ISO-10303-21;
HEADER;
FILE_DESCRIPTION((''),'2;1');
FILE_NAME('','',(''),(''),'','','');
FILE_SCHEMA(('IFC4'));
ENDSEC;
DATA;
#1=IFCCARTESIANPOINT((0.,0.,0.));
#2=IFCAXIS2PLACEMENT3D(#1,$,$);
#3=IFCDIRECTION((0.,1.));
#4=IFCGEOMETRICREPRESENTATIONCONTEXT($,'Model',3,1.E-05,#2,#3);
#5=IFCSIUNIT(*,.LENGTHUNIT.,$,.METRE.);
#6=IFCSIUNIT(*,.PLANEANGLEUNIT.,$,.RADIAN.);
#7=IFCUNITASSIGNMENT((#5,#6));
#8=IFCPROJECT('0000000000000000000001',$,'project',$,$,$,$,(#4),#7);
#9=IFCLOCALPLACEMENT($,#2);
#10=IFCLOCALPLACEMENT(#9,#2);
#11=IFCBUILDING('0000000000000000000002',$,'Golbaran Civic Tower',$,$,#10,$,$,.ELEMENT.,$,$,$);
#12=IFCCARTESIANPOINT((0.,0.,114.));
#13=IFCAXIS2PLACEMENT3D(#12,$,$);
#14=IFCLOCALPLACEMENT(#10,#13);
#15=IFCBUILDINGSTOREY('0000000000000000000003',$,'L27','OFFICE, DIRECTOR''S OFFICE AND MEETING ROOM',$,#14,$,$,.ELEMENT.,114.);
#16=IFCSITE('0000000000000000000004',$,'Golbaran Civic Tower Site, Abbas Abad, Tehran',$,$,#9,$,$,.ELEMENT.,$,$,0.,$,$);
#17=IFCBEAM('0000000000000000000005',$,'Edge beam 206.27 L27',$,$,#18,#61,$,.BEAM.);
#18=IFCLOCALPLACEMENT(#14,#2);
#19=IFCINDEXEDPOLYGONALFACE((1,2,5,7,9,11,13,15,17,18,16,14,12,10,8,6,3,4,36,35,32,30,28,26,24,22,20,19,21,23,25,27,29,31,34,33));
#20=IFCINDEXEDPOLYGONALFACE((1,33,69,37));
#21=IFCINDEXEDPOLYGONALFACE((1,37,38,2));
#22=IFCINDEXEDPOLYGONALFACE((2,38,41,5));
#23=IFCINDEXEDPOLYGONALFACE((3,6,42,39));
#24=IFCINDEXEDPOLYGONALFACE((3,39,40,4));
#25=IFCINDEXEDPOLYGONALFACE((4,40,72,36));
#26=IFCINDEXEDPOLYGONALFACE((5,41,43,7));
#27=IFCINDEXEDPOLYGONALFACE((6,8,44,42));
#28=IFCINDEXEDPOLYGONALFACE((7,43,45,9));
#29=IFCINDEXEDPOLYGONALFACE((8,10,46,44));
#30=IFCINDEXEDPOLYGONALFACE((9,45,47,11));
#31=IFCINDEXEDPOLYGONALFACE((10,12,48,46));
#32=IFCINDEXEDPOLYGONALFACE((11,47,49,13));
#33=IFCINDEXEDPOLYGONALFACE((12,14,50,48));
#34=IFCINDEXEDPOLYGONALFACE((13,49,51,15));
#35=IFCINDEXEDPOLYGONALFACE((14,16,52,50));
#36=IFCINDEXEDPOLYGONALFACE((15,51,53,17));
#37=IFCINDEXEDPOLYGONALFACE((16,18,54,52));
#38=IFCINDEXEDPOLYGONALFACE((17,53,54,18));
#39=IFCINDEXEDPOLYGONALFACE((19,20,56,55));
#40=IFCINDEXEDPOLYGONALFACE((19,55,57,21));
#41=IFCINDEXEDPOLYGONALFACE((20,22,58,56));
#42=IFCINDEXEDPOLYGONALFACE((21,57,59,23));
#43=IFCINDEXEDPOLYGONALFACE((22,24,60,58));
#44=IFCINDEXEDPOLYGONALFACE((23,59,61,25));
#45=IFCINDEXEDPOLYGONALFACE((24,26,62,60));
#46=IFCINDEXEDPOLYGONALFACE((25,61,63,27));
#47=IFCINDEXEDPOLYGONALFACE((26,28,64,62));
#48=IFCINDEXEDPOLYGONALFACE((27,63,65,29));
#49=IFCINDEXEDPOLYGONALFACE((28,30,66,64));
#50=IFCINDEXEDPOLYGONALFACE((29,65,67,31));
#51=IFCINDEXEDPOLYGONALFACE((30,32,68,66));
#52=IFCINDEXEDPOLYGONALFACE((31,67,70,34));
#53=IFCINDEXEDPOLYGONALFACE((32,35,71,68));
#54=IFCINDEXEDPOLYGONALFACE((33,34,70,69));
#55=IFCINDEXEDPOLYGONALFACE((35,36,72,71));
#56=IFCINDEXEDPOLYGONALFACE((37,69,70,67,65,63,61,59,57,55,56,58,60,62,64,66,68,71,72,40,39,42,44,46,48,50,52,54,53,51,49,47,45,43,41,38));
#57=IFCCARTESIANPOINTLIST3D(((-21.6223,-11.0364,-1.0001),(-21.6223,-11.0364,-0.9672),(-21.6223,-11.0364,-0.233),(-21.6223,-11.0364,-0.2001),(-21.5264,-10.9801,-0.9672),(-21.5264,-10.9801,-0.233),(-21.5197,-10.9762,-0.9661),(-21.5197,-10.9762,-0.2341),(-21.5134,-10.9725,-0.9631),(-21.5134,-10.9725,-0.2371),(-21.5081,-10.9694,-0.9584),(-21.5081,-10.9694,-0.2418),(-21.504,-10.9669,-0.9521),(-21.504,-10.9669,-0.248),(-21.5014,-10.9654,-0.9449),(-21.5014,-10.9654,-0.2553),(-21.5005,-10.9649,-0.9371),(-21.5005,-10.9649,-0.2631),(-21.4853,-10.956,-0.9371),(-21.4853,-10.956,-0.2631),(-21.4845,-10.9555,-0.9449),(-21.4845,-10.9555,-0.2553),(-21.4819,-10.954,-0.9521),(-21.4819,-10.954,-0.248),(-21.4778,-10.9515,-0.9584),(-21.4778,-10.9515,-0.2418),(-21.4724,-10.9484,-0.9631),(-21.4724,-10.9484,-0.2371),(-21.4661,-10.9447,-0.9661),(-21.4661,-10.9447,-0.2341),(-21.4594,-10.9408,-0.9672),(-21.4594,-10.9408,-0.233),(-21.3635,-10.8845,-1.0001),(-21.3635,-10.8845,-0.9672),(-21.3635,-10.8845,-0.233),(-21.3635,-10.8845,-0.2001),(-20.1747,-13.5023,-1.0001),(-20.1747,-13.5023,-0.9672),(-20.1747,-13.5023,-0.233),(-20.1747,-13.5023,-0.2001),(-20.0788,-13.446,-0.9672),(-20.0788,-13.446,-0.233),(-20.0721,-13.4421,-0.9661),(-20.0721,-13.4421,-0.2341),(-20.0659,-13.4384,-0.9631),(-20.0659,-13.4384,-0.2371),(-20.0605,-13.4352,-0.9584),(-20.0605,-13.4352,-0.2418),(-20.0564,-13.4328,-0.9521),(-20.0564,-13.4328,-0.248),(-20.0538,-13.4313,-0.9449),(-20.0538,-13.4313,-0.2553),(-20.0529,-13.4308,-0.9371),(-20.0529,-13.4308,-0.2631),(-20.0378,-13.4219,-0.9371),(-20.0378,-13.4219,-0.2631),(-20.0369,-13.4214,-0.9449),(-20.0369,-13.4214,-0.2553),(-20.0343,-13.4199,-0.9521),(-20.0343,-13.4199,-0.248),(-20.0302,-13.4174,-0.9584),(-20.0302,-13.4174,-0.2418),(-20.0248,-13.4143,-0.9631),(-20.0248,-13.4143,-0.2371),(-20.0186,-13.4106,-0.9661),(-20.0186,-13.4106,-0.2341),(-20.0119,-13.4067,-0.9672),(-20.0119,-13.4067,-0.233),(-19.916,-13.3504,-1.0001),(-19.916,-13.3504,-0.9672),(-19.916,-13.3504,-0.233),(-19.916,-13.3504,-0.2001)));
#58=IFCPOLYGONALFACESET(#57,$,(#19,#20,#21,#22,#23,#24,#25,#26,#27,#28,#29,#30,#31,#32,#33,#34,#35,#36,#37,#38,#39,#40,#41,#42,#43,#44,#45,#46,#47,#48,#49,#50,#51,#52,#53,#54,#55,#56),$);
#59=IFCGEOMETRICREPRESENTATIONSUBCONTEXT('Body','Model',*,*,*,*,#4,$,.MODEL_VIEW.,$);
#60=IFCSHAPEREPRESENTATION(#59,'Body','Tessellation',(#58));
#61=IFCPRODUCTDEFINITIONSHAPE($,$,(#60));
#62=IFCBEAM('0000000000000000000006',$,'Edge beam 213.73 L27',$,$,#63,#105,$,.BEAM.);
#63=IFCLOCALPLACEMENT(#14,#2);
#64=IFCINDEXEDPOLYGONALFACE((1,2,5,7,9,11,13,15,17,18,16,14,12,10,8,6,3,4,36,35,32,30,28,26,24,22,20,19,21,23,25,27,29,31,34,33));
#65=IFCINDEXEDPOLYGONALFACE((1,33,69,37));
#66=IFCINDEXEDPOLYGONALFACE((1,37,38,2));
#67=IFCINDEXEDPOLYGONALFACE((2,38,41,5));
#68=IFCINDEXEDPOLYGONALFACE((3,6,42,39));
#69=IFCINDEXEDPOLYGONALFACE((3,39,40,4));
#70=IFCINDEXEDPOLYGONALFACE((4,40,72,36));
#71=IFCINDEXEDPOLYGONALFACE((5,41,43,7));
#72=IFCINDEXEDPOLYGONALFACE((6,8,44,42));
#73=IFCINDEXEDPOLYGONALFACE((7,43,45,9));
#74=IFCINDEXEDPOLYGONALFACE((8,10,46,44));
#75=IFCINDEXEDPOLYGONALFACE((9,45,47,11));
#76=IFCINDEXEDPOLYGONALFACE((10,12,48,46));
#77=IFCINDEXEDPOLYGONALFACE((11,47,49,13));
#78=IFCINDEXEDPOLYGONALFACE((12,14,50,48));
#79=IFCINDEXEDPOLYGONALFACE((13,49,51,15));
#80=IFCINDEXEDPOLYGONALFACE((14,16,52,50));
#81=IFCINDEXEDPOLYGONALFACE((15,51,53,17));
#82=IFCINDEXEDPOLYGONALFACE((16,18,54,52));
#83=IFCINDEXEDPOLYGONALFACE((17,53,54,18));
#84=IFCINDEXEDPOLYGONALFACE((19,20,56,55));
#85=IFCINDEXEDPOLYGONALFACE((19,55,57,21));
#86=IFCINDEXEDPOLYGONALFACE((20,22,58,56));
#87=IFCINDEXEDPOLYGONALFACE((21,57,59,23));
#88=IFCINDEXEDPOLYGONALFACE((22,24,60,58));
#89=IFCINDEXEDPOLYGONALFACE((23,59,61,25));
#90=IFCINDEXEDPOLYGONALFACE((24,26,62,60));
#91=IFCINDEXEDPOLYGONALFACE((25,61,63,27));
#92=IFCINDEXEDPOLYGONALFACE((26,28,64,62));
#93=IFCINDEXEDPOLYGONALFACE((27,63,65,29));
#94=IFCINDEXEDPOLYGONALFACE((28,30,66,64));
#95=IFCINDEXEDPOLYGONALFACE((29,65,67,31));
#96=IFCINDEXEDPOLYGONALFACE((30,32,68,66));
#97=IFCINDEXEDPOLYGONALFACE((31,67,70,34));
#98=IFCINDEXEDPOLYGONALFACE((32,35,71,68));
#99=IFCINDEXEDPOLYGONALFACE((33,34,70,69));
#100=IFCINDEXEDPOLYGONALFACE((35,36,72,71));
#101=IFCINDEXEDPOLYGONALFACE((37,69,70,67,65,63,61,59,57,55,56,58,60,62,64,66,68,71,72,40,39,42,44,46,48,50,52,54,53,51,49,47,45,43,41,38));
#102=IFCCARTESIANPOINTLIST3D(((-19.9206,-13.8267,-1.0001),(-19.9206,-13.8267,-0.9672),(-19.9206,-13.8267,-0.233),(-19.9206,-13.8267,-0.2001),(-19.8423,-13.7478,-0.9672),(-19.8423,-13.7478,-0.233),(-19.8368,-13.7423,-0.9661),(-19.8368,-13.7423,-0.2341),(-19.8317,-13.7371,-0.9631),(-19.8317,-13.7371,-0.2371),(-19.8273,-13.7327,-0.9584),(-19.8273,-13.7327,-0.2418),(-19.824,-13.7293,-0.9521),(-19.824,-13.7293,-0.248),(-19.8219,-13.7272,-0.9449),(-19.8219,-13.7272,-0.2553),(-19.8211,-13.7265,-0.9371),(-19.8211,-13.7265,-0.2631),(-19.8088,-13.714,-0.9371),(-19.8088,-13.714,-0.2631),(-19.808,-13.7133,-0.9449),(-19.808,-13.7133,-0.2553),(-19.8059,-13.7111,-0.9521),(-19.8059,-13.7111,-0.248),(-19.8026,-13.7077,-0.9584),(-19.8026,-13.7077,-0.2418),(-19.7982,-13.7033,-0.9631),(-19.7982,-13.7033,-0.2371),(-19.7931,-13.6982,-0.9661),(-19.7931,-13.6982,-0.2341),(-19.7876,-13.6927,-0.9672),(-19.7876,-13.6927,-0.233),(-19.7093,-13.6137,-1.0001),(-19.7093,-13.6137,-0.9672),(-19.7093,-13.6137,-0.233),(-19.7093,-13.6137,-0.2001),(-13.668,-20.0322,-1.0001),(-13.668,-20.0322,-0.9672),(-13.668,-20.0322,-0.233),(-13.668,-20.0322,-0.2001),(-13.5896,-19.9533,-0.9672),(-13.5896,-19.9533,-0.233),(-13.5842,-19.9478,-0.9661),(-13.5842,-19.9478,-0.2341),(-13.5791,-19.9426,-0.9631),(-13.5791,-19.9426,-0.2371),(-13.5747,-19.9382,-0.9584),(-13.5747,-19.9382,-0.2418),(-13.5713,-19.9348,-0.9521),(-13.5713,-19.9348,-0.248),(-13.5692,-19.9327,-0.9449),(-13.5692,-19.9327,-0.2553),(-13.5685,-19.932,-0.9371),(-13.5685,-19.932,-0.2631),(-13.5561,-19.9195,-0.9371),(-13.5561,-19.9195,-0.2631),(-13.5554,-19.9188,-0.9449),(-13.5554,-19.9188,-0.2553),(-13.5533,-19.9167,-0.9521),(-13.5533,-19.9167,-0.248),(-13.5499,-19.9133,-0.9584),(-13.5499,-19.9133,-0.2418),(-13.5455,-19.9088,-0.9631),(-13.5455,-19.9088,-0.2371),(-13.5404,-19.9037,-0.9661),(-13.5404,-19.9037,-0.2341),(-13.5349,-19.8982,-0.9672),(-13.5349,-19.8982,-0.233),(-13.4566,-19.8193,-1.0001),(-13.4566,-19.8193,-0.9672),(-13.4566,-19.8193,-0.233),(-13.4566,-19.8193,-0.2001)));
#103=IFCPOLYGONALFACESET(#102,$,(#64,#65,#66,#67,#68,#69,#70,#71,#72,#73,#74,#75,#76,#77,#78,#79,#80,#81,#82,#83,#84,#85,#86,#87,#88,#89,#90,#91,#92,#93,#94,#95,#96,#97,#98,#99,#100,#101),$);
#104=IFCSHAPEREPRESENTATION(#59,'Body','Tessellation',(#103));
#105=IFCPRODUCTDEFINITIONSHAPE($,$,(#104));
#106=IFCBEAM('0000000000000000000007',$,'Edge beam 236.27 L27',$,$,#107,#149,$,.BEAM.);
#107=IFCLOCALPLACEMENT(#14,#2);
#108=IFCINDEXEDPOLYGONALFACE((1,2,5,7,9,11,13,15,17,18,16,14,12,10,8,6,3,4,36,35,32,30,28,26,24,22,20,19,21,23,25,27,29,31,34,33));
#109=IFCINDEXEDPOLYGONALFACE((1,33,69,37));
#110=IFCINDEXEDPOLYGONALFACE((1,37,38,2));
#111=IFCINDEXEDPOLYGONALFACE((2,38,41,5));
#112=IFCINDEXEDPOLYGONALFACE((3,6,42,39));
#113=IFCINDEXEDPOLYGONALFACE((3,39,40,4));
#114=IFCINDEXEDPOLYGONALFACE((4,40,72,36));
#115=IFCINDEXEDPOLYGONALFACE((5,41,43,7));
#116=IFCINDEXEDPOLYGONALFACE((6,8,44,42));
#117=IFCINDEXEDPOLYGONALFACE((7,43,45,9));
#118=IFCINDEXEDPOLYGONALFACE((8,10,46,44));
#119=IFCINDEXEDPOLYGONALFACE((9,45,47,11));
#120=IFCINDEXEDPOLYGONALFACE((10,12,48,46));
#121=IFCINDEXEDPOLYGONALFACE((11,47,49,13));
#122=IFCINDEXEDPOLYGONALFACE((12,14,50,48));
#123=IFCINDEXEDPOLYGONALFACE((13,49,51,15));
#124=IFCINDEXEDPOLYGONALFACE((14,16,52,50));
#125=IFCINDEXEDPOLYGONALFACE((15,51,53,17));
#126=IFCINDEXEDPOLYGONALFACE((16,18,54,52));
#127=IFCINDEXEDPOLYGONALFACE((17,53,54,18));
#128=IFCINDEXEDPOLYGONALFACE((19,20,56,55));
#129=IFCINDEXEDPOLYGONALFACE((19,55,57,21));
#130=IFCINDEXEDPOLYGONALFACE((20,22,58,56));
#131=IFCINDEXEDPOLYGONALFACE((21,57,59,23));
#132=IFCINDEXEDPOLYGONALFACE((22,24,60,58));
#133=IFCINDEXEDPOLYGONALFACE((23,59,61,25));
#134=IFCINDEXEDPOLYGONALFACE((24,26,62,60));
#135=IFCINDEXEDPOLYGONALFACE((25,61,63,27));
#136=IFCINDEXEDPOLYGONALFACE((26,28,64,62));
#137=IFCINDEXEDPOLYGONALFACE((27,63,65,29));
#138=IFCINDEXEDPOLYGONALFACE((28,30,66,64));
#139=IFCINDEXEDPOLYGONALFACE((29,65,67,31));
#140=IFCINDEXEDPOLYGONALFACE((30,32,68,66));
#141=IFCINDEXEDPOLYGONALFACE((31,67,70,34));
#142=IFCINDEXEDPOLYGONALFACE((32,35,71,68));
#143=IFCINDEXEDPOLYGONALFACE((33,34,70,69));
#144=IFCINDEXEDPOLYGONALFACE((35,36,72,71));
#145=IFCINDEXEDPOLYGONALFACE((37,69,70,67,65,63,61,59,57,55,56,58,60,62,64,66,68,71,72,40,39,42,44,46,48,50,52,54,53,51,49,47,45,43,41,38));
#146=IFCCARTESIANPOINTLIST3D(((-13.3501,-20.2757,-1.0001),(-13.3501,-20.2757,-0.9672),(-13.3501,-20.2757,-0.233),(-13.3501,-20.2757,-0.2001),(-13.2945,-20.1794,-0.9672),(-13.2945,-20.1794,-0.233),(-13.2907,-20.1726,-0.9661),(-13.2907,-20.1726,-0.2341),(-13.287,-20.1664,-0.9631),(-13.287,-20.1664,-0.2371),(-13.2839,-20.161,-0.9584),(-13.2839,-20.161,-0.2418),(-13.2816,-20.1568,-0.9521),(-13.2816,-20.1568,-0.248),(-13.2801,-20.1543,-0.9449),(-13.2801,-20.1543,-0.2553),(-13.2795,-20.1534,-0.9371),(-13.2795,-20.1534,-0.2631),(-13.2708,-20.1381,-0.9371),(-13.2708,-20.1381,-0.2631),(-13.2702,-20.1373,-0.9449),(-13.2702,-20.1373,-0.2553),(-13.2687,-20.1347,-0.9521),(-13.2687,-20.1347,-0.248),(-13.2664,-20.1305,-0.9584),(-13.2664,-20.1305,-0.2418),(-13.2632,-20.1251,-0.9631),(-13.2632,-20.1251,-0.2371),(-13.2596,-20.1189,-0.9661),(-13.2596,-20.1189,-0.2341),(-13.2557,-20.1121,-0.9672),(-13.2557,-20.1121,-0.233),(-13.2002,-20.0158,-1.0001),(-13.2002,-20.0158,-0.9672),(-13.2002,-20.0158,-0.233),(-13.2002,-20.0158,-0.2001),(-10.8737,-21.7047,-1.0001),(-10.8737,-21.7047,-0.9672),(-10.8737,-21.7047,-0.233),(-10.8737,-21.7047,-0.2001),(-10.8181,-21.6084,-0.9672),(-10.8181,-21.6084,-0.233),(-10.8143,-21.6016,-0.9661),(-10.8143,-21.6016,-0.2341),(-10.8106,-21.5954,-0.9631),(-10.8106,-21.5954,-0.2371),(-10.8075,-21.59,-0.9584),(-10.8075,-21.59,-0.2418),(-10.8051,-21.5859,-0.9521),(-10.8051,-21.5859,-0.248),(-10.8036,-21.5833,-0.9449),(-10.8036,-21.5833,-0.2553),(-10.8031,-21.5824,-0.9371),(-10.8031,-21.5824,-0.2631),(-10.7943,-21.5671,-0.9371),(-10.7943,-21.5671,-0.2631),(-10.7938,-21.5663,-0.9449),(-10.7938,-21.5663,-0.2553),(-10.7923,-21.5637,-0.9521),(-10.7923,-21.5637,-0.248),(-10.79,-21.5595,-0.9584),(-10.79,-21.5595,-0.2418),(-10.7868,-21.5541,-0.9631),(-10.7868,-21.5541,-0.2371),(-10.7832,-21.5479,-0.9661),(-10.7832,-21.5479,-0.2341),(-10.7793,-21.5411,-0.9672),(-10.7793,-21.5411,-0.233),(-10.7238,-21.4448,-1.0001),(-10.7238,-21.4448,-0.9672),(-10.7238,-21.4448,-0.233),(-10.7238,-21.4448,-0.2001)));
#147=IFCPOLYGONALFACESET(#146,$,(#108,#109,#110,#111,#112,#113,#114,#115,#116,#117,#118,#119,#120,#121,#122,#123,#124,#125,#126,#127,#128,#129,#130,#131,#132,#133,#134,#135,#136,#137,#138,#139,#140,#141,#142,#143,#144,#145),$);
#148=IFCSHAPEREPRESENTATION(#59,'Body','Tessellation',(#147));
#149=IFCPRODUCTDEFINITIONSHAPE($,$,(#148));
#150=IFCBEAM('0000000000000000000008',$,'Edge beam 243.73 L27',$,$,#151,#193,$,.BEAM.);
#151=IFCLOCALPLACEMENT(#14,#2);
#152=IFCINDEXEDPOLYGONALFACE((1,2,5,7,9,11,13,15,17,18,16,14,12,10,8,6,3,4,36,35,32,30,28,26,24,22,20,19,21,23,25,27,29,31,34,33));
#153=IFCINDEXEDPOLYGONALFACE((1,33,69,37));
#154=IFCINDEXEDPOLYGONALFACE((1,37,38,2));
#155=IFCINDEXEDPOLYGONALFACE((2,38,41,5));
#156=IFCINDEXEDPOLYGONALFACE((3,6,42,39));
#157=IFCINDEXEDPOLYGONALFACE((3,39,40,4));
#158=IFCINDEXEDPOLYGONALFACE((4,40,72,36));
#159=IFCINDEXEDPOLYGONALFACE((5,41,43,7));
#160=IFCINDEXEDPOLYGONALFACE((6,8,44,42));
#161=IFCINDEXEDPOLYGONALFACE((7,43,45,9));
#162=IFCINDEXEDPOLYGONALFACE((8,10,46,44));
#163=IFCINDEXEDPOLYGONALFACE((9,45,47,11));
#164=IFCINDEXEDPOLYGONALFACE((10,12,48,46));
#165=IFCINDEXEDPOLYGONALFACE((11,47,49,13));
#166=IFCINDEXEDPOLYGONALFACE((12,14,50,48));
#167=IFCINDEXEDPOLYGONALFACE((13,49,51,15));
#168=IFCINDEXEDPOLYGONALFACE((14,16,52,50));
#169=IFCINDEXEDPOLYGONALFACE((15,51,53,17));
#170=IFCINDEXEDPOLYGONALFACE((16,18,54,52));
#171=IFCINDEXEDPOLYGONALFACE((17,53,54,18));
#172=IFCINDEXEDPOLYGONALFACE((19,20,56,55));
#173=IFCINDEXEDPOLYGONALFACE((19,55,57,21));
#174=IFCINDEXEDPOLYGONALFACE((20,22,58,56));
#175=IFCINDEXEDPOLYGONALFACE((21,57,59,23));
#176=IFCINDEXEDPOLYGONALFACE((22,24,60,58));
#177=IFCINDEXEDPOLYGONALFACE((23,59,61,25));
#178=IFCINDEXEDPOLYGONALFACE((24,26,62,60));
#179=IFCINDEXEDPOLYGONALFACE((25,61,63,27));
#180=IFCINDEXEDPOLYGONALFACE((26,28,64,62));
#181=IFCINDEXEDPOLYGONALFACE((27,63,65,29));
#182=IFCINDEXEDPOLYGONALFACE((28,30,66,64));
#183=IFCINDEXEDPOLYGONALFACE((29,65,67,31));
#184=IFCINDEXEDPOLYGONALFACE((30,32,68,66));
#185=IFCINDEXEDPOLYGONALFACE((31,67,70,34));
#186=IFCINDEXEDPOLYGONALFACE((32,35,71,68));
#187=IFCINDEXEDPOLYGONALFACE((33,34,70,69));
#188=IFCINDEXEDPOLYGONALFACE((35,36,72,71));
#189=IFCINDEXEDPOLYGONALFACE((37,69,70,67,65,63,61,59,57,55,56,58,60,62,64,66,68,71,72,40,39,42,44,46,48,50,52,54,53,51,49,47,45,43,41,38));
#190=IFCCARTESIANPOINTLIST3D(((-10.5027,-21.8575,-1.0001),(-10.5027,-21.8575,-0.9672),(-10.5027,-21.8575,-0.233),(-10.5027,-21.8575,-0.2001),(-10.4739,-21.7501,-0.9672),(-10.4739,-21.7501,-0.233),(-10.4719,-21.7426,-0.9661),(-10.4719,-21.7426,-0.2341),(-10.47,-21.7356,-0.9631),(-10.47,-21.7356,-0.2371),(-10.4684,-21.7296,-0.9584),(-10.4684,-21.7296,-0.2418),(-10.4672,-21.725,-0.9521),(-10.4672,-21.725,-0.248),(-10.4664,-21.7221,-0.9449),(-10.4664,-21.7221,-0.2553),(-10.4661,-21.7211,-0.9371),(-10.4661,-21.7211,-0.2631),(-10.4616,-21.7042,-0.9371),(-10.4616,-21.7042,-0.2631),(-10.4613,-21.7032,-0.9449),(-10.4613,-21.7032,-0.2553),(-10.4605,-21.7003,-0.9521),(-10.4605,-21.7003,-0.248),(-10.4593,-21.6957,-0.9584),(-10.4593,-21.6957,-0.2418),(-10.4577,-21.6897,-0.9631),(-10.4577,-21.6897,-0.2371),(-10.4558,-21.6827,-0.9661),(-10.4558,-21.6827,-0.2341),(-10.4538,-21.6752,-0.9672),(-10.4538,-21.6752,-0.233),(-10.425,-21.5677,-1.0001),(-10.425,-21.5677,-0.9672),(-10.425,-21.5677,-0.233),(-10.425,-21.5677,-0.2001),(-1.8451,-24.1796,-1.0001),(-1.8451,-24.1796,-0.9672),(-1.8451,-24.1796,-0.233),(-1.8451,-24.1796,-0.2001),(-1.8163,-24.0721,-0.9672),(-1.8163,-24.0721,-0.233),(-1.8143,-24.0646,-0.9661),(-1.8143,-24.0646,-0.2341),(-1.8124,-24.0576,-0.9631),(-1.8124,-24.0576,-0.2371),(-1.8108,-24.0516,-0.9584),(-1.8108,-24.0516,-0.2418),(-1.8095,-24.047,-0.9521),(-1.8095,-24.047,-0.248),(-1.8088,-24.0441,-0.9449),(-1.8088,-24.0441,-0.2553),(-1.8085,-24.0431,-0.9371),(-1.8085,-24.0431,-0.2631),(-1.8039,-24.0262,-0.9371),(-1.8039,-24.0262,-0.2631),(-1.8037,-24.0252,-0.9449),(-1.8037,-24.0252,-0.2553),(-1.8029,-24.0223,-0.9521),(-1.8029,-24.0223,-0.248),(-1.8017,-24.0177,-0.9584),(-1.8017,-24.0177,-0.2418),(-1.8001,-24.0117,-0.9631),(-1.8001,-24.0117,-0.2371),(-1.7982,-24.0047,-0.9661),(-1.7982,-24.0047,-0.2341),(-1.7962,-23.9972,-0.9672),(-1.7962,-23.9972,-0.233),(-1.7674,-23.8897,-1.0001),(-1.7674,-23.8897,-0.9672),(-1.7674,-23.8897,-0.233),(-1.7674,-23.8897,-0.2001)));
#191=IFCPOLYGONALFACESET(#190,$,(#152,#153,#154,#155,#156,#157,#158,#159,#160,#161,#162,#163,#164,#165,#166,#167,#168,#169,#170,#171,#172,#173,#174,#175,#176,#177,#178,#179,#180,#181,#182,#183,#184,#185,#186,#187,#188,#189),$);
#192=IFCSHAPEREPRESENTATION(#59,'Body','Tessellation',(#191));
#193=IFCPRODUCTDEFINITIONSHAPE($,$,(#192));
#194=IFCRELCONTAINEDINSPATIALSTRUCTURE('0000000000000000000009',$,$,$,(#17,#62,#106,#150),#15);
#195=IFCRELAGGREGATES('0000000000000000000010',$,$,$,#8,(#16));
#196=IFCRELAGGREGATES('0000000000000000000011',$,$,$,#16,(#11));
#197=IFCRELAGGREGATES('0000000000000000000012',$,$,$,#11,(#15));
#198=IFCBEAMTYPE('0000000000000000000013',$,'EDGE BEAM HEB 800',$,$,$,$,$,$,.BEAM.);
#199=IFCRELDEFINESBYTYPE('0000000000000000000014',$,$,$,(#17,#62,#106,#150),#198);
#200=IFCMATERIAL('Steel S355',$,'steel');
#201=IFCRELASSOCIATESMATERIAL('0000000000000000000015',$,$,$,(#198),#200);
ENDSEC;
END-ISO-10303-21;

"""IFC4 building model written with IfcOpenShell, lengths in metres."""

from ifc_helpers import new_model, si_unit, direction, frame, origin, origin_2d, place, context, subcontext, project, spatial, i_section, extrude, material, material_profile, profile_set, type_object, element, save


model = new_model("IFC4")

# Units and contexts
model_context = context("Model", 3, precision=1e-05, world=origin(), true_north=direction((0.0, 1.0)))
body_context = subcontext(model_context, "Body", "Model", "MODEL_VIEW")
ifc_project = project(units=[si_unit("LENGTHUNIT", "METRE"), si_unit("PLANEANGLEUNIT", "RADIAN")], contexts=[model_context])

# Site, building, storey
site_placement = place(None, origin())
site = spatial("IfcSite", under=ifc_project, at=site_placement, Name="Golbaran Civic Tower Site, Abbas Abad, Tehran", CompositionType="ELEMENT", RefElevation=0.0)
building_placement = place(site_placement, origin())
building = spatial("IfcBuilding", under=site, at=building_placement, Name="Golbaran Civic Tower", CompositionType="ELEMENT")
storey_placement = place(building_placement, frame((0.0, 0.0, 114.0)))
storey = spatial("IfcBuildingStorey", under=building, at=storey_placement, Name="L27", Description="OFFICE, DIRECTOR'S OFFICE AND MEETING ROOM", CompositionType="ELEMENT", Elevation=114.0)

# Beams
ifc_material_1 = material(Name="Steel S355", Category="steel")
ifc_material_profile_1 = material_profile(ifc_material_1, i_section(OverallWidth=0.3, OverallDepth=0.8, WebThickness=0.0176, FlangeThickness=0.033, FilletRadius=0.03, at=origin_2d()), Name="HEB 800")
ifc_profile_set_1 = profile_set([ifc_material_profile_1], Name="Steel S355")
beam_type_1 = type_object("IfcBeamType", Name="EDGE BEAM HEB 800", PredefinedType="BEAM", material=ifc_profile_set_1)
beam_1_placement = place(storey_placement, frame((-21.4929, -10.9604, -0.6001), z_axis=(0.506248, -0.862388, 0.0), x_axis=(0.862388, 0.506248, 0.0)))
element("IfcBeam", 1, at=beam_1_placement, inside=storey, type_object=beam_type_1, Name="Edge beam 206.27 L27", PredefinedType="BEAM", context=body_context, shape_type="SweptSolid", body=[
    extrude(i_section(OverallWidth=0.3, OverallDepth=0.8, WebThickness=0.0176, FlangeThickness=0.033, FilletRadius=0.03, at=origin_2d()), origin(), (0.0, 0.0, 1.0), 2.8594),
])
beam_2_placement = place(storey_placement, frame((-19.8149, -13.7202, -0.6001), z_axis=(0.709776, -0.704427, 0.0), x_axis=(0.704427, 0.709776, 0.0)))
element("IfcBeam", 2, at=beam_2_placement, inside=storey, type_object=beam_type_1, Name="Edge beam 213.73 L27", PredefinedType="BEAM", context=body_context, shape_type="SweptSolid", body=[
    extrude(i_section(OverallWidth=0.3, OverallDepth=0.8, WebThickness=0.0176, FlangeThickness=0.033, FilletRadius=0.03, at=origin_2d()), origin(), (0.0, 0.0, 1.0), 8.8093),
])
beam_3_placement = place(storey_placement, frame((-13.2751, -20.1458, -0.6001), z_axis=(0.866139, -0.499804, 0.0), x_axis=(0.499804, 0.866139, 0.0)))
element("IfcBeam", 3, at=beam_3_placement, inside=storey, type_object=beam_type_1, Name="Edge beam 236.27 L27", PredefinedType="BEAM", context=body_context, shape_type="SweptSolid", body=[
    extrude(i_section(OverallWidth=0.3, OverallDepth=0.8, WebThickness=0.0176, FlangeThickness=0.033, FilletRadius=0.03, at=origin_2d()), origin(), (0.0, 0.0, 1.0), 2.8591),
])
beam_4_placement = place(storey_placement, frame((-10.4639, -21.7126, -0.6001), z_axis=(0.965865, -0.259047, 0.0), x_axis=(0.259047, 0.965865, 0.0)))
element("IfcBeam", 4, at=beam_4_placement, inside=storey, type_object=beam_type_1, Name="Edge beam 243.73 L27", PredefinedType="BEAM", context=body_context, shape_type="SweptSolid", body=[
    extrude(i_section(OverallWidth=0.3, OverallDepth=0.8, WebThickness=0.0176, FlangeThickness=0.033, FilletRadius=0.03, at=origin_2d()), origin(), (0.0, 0.0, 1.0), 8.9636),
])

save(model, "model.ifc")
